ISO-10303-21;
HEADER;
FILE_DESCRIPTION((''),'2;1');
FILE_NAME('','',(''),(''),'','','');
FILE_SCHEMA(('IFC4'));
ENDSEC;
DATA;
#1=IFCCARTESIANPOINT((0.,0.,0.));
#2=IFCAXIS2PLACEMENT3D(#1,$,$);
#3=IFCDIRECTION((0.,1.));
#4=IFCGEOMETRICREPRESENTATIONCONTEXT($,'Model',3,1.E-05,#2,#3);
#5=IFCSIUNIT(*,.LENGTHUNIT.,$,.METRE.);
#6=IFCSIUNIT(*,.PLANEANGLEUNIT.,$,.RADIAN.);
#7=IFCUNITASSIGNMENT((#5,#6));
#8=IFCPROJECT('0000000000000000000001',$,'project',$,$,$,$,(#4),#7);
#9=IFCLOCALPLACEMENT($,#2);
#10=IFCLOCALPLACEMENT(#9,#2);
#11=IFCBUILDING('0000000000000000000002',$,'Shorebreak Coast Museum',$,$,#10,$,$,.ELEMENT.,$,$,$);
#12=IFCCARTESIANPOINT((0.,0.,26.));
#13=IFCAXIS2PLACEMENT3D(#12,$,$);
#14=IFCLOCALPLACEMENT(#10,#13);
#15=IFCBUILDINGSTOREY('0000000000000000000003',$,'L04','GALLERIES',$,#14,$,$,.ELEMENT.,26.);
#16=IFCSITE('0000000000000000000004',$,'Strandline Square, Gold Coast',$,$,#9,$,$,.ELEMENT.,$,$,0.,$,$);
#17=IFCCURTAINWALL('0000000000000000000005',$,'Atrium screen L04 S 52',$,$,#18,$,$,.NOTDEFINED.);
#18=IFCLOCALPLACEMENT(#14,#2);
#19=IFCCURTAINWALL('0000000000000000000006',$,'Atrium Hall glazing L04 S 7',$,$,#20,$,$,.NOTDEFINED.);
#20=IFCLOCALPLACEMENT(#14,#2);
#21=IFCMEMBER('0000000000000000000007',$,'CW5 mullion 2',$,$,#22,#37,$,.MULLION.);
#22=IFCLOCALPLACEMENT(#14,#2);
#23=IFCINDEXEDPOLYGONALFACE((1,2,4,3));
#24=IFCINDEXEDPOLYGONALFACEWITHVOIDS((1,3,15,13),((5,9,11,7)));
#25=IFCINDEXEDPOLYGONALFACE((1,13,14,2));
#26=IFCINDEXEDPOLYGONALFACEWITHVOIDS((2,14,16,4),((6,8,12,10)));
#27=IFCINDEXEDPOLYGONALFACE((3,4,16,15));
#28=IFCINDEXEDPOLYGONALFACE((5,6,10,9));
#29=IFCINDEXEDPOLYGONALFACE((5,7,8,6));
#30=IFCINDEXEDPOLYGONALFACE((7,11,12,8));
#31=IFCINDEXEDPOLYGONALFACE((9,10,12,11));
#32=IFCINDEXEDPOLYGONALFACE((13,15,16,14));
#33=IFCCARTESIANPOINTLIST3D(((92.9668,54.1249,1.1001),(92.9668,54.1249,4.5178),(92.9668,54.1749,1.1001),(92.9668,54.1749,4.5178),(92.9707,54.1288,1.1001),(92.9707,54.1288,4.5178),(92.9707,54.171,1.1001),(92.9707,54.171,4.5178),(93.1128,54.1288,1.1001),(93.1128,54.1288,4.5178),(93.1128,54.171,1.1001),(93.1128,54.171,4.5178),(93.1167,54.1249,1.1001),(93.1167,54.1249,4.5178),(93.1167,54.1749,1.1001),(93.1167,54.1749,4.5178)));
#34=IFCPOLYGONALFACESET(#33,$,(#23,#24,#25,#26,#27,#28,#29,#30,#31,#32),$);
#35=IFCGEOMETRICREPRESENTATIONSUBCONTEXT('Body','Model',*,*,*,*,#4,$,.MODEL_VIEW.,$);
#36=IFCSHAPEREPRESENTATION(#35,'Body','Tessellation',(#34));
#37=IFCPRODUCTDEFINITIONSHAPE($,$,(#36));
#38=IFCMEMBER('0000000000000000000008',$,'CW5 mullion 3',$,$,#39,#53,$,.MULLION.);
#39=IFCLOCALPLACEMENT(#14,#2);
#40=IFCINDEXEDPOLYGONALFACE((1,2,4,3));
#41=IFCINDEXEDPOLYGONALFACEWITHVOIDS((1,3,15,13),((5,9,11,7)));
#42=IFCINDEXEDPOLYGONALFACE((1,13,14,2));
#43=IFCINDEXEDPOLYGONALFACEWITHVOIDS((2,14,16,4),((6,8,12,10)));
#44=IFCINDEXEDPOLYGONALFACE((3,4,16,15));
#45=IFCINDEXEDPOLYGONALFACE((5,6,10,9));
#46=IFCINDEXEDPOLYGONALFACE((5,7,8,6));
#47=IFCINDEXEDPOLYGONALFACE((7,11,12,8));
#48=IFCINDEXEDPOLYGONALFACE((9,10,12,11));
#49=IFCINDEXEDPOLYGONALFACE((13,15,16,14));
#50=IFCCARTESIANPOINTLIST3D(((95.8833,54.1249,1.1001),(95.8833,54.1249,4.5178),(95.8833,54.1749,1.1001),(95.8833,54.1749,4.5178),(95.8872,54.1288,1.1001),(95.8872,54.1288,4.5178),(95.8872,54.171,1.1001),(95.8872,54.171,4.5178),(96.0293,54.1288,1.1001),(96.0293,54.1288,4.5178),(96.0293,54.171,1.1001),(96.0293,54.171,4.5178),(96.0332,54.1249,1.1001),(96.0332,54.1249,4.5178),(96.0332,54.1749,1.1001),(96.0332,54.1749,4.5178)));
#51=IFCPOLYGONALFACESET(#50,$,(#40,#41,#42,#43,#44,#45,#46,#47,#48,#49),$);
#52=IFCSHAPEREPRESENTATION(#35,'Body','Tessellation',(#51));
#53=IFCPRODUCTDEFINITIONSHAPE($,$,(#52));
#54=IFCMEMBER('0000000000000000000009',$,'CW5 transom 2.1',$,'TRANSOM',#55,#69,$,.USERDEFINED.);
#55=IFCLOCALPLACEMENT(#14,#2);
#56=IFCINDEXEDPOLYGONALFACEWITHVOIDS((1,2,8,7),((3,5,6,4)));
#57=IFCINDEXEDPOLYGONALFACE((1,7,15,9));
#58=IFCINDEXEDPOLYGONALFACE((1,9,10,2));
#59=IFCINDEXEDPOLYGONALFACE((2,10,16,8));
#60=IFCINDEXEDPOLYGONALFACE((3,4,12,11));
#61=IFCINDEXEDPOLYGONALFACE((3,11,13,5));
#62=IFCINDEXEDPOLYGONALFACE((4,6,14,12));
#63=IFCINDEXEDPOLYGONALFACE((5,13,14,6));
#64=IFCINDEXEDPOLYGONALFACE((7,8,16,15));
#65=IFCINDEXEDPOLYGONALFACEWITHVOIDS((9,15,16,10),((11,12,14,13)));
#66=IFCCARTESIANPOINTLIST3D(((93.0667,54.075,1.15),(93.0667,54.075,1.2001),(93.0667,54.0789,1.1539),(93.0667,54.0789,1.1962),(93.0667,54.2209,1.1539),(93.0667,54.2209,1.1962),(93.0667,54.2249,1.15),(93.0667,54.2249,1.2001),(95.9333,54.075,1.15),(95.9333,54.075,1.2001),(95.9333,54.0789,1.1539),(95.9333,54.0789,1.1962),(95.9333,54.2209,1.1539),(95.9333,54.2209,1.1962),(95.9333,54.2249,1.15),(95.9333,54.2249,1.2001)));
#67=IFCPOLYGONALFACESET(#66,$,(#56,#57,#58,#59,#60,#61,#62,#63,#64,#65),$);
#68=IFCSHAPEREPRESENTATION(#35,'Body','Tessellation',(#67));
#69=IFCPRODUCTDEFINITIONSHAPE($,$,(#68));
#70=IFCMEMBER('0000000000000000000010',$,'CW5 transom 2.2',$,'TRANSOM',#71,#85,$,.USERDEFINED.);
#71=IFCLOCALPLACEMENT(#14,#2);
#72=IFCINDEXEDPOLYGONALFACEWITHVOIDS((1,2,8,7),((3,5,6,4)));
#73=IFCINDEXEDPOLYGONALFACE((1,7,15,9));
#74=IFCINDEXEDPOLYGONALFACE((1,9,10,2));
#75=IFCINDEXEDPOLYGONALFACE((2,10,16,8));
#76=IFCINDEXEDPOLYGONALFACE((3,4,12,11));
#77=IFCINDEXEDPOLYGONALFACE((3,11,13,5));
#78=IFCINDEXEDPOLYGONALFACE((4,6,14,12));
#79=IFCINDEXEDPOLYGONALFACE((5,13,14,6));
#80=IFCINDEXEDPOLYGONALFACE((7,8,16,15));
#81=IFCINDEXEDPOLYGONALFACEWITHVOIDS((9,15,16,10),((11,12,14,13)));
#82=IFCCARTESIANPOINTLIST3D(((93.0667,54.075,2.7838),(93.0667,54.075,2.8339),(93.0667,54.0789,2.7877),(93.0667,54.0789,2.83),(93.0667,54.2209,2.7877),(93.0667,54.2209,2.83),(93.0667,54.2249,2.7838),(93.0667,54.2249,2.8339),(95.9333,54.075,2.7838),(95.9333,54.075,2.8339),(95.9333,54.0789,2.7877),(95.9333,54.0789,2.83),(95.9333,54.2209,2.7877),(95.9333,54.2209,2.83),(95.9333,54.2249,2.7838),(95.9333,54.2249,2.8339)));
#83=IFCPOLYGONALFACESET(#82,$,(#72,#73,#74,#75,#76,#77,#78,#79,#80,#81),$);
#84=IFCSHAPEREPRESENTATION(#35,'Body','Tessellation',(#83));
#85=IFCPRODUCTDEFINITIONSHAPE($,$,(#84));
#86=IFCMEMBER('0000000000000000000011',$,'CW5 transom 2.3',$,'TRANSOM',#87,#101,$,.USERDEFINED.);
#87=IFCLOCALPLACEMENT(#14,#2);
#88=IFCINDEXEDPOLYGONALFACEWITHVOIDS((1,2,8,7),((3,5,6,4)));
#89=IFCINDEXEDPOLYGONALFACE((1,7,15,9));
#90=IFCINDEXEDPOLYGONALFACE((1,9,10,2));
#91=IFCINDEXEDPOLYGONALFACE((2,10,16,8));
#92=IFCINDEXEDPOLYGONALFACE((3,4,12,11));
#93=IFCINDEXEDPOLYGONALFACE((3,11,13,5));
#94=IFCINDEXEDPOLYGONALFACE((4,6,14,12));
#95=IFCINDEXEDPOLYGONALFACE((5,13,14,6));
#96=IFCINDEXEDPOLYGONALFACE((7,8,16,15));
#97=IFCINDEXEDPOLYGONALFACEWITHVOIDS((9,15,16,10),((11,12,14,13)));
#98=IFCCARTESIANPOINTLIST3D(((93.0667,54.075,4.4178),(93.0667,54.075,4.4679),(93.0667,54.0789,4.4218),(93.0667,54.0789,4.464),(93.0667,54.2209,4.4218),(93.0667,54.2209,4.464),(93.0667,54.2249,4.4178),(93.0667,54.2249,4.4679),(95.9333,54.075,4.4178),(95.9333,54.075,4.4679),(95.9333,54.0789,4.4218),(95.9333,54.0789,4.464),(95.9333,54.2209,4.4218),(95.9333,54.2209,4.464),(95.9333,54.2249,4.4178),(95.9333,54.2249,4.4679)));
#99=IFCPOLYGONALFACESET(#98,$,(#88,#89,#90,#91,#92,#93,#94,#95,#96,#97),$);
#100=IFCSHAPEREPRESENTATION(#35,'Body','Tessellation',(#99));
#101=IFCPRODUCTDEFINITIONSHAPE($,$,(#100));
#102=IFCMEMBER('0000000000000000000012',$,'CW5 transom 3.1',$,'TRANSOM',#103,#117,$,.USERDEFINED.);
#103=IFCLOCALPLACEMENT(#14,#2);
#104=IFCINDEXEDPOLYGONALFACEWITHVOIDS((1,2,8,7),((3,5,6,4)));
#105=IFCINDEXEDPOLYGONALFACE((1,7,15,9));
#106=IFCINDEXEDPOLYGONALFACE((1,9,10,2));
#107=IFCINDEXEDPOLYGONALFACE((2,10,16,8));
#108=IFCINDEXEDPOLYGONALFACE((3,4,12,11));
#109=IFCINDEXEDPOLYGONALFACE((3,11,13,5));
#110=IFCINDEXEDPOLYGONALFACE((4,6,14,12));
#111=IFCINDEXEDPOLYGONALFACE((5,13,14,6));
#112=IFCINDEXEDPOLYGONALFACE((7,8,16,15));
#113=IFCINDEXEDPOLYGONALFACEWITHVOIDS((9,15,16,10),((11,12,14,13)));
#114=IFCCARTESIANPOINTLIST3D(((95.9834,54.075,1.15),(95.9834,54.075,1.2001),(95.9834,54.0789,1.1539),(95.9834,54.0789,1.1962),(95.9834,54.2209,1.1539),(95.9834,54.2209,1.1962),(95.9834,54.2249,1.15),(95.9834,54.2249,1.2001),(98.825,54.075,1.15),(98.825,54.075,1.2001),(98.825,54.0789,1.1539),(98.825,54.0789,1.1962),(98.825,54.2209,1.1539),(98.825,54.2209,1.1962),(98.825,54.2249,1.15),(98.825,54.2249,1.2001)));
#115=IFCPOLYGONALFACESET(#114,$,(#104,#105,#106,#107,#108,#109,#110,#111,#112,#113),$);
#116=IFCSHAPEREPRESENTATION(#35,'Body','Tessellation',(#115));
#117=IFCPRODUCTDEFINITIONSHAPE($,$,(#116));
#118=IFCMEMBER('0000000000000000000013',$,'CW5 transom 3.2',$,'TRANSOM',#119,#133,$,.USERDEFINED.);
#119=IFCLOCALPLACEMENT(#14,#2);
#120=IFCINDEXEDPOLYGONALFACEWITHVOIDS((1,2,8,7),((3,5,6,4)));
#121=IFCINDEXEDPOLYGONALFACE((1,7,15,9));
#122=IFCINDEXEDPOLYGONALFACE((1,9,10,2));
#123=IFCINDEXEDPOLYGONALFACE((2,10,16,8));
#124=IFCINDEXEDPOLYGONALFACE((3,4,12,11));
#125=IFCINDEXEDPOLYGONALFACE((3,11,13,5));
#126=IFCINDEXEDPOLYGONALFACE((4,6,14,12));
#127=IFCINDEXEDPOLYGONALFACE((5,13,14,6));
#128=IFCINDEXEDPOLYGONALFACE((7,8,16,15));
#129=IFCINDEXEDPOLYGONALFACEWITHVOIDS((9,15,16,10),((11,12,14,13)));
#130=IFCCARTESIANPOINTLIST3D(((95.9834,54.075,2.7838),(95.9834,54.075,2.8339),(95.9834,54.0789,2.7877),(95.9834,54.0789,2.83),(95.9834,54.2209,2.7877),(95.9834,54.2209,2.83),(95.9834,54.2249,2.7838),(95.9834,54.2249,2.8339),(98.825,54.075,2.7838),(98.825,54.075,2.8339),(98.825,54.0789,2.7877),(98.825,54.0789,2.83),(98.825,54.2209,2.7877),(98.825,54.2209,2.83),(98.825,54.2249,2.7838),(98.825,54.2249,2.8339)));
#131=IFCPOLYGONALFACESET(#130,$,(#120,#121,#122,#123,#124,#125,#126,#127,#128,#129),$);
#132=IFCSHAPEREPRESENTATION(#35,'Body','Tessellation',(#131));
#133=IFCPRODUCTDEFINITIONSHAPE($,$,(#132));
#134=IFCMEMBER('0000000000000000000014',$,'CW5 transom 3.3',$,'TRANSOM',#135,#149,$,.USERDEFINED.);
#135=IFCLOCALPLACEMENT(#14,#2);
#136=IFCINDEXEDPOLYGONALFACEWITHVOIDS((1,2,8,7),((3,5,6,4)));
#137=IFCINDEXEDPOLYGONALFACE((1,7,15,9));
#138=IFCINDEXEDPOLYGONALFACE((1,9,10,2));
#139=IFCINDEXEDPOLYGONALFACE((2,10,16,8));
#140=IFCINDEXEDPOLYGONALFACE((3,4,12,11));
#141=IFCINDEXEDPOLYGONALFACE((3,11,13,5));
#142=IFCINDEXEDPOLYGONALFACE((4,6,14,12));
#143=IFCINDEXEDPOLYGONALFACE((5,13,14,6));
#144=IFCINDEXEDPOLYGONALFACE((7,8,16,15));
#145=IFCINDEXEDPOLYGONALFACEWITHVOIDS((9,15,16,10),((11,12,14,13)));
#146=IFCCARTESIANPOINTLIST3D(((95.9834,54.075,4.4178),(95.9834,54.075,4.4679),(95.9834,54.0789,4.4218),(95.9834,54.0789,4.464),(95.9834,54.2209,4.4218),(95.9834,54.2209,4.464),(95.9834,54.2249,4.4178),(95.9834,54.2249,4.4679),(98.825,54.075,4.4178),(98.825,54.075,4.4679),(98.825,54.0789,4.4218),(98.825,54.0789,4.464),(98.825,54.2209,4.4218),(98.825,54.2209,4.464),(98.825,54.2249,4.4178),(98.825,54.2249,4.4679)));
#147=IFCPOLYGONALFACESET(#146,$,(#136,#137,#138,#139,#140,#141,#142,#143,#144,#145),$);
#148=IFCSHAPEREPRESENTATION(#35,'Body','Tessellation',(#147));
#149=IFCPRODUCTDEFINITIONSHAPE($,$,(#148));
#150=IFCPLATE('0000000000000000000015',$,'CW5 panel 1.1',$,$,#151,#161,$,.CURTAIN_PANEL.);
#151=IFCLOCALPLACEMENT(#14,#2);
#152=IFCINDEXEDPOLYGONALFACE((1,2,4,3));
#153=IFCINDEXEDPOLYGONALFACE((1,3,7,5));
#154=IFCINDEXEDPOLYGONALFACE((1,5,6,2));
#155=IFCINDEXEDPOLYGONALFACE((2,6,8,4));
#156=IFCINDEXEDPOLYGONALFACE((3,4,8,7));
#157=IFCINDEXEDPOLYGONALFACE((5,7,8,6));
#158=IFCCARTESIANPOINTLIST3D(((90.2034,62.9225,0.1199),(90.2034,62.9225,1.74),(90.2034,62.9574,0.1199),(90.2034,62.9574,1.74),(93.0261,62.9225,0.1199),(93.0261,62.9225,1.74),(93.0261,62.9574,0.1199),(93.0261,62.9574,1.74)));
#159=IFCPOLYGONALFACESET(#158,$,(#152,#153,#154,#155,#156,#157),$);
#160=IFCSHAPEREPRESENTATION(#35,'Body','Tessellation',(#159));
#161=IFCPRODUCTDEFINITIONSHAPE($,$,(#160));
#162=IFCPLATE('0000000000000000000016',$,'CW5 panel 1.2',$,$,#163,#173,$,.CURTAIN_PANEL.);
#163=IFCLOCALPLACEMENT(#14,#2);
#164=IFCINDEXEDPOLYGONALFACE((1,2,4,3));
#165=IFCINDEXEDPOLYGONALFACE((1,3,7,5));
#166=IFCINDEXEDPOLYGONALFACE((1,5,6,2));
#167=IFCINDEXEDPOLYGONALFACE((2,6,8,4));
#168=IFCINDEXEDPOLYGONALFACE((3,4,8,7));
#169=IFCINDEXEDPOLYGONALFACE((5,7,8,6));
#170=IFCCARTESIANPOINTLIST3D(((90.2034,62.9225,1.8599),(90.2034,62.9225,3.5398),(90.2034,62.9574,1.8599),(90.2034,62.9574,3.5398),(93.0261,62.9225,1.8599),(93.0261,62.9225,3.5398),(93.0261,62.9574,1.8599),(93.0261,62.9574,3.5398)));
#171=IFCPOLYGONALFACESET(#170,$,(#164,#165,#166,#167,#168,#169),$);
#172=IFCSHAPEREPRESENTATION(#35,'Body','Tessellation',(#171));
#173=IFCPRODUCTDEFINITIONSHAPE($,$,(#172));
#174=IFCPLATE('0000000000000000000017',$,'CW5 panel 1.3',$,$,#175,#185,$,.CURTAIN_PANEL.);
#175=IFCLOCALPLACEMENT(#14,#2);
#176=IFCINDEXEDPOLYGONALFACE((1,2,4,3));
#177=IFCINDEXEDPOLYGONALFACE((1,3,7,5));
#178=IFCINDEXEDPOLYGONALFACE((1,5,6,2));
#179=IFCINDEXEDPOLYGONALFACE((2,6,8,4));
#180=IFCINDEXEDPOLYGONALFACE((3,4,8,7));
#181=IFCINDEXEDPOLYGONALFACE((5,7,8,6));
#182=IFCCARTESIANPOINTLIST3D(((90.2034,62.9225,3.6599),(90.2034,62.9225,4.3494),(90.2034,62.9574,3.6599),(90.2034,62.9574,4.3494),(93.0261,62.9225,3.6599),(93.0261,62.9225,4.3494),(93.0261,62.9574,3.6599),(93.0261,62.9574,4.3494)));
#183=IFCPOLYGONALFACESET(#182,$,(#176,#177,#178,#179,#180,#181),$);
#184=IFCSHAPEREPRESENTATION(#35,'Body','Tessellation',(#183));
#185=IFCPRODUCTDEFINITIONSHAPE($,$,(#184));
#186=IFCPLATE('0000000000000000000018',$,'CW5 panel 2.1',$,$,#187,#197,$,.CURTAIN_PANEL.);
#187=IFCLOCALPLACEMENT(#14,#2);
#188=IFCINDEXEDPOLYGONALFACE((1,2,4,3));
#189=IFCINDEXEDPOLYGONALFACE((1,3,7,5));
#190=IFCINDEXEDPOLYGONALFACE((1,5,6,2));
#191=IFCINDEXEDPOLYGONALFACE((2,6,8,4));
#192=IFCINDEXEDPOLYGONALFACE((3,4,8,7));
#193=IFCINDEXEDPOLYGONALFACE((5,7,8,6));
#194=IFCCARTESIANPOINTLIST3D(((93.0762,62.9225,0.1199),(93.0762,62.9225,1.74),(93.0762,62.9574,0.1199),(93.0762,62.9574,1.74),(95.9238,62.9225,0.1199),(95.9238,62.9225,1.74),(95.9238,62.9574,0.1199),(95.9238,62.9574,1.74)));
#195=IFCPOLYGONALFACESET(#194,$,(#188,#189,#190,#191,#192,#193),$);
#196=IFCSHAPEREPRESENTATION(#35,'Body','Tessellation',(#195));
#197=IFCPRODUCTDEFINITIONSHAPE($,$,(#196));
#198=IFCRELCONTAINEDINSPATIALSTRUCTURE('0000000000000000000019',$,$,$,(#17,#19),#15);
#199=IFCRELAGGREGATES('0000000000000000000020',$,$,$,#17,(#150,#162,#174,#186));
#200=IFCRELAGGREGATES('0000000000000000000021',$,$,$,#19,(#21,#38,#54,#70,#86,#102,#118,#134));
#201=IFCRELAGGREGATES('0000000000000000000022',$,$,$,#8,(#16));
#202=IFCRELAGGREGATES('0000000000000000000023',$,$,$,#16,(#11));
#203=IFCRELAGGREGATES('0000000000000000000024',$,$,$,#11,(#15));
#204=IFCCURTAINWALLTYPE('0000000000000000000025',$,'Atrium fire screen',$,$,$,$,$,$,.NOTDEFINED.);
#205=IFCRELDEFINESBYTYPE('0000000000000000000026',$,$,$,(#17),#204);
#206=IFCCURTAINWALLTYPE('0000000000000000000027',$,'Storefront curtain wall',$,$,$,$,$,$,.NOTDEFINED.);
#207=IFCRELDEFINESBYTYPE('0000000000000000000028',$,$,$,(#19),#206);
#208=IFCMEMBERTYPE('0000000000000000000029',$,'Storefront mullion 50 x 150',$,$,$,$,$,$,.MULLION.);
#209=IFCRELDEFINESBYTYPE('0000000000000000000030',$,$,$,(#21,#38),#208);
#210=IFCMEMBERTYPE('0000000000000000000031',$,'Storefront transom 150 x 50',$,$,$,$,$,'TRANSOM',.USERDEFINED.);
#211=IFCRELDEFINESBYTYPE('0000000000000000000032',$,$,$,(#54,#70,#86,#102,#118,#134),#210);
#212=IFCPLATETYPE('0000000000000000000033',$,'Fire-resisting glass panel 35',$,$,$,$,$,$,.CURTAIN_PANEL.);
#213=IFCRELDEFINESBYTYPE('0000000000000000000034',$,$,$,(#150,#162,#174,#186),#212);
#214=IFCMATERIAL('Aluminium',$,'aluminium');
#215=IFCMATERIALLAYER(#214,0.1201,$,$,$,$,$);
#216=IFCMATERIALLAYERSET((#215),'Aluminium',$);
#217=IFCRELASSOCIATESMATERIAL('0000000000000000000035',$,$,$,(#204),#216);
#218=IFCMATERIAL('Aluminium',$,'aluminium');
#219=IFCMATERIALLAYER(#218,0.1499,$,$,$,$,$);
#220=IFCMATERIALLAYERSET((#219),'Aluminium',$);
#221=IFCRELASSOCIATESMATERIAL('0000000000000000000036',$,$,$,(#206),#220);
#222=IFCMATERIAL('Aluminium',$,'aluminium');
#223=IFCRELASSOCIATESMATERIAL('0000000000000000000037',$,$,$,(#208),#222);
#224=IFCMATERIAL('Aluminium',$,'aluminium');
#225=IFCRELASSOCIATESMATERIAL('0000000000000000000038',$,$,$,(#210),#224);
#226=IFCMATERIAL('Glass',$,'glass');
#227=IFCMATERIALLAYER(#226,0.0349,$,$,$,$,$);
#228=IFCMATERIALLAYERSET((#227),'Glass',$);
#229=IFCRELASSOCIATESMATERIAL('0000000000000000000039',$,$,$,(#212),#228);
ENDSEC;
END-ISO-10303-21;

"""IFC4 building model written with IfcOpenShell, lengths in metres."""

from ifc_helpers import new_model, si_unit, direction, frame, origin, origin_2d, place, context, subcontext, project, spatial, rectangle, hollow_rectangle, extrude, material, layer, layer_set, material_profile, profile_set, type_object, element, aggregate, save


model = new_model("IFC4")

# Units and contexts
model_context = context("Model", 3, precision=1e-05, world=origin(), true_north=direction((0.0, 1.0)))
body_context = subcontext(model_context, "Body", "Model", "MODEL_VIEW")
ifc_project = project(units=[si_unit("LENGTHUNIT", "METRE"), si_unit("PLANEANGLEUNIT", "RADIAN")], contexts=[model_context])

# Site, building, storey
site_placement = place(None, origin())
site = spatial("IfcSite", under=ifc_project, at=site_placement, Name="Strandline Square, Gold Coast", CompositionType="ELEMENT", RefElevation=0.0)
building_placement = place(site_placement, origin())
building = spatial("IfcBuilding", under=site, at=building_placement, Name="Shorebreak Coast Museum", CompositionType="ELEMENT")
storey_placement = place(building_placement, frame((0.0, 0.0, 26.0)))
storey = spatial("IfcBuildingStorey", under=building, at=storey_placement, Name="L04", Description="GALLERIES", CompositionType="ELEMENT", Elevation=26.0)

# Curtain walls, members
ifc_material_1 = material(Name="Aluminium", Category="aluminium")
ifc_layer_1 = layer(ifc_material_1, 0.1201)
ifc_layer_set_1 = layer_set([ifc_layer_1], Name="Aluminium")
curtain_wall_type_1 = type_object("IfcCurtainWallType", Name="Atrium fire screen", PredefinedType="NOTDEFINED", material=ifc_layer_set_1)
curtain_wall_1_placement = place(storey_placement, origin())
curtain_wall_1 = element("IfcCurtainWall", 1, at=curtain_wall_1_placement, inside=storey, type_object=curtain_wall_type_1, Name="Atrium screen L04 S 52", PredefinedType="NOTDEFINED")
ifc_material_2 = material(Name="Aluminium", Category="aluminium")
ifc_layer_2 = layer(ifc_material_2, 0.1499)
ifc_layer_set_2 = layer_set([ifc_layer_2], Name="Aluminium")
curtain_wall_type_2 = type_object("IfcCurtainWallType", Name="Storefront curtain wall", PredefinedType="NOTDEFINED", material=ifc_layer_set_2)
curtain_wall_2_placement = place(storey_placement, origin())
curtain_wall_2 = element("IfcCurtainWall", 2, at=curtain_wall_2_placement, inside=storey, type_object=curtain_wall_type_2, Name="Atrium Hall glazing L04 S 7", PredefinedType="NOTDEFINED")
ifc_material_3 = material(Name="Aluminium", Category="aluminium")
ifc_material_profile_1 = material_profile(ifc_material_3, hollow_rectangle(XDim=0.05, YDim=0.1499, WallThickness=0.0039, at=origin_2d()), Name="AL 150x50 RHS")
ifc_profile_set_1 = profile_set([ifc_material_profile_1], Name="Aluminium")
member_type_1 = type_object("IfcMemberType", Name="Storefront mullion 50 x 150", PredefinedType="MULLION", material=ifc_profile_set_1)
member_1_placement = place(storey_placement, frame((93.0417, 54.1499, 1.1001), z_axis=(0.0, 0.0, 1.0), x_axis=(0.0, 1.0, 0.0)))
member_1 = element("IfcMember", 3, at=member_1_placement, type_object=member_type_1, Name="CW5 mullion 2", PredefinedType="MULLION", context=body_context, shape_type="SweptSolid", body=[
    extrude(hollow_rectangle(XDim=0.05, YDim=0.1499, WallThickness=0.0039, at=origin_2d()), origin(), (0.0, 0.0, 1.0), 3.4177),
])
member_2_placement = place(storey_placement, frame((95.9583, 54.1499, 1.1001), z_axis=(0.0, 0.0, 1.0), x_axis=(0.0, 1.0, 0.0)))
member_2 = element("IfcMember", 4, at=member_2_placement, type_object=member_type_1, Name="CW5 mullion 3", PredefinedType="MULLION", context=body_context, shape_type="SweptSolid", body=[
    extrude(hollow_rectangle(XDim=0.05, YDim=0.1499, WallThickness=0.0039, at=origin_2d()), origin(), (0.0, 0.0, 1.0), 3.4177),
])
ifc_material_4 = material(Name="Aluminium", Category="aluminium")
ifc_material_profile_2 = material_profile(ifc_material_4, hollow_rectangle(XDim=0.1499, YDim=0.05, WallThickness=0.0039, at=origin_2d()), Name="AL 50x150 RHS")
ifc_profile_set_2 = profile_set([ifc_material_profile_2], Name="Aluminium")
member_type_2 = type_object("IfcMemberType", Name="Storefront transom 150 x 50", ElementType="TRANSOM", PredefinedType="USERDEFINED", material=ifc_profile_set_2)
member_3_placement = place(storey_placement, frame((93.0667, 54.1499, 1.175), z_axis=(1.0, 0.0, 0.0), x_axis=(0.0, 1.0, 0.0)))
member_3 = element("IfcMember", 5, at=member_3_placement, type_object=member_type_2, Name="CW5 transom 2.1", ObjectType="TRANSOM", PredefinedType="USERDEFINED", context=body_context, shape_type="SweptSolid", body=[
    extrude(hollow_rectangle(XDim=0.1499, YDim=0.05, WallThickness=0.0039, at=origin_2d()), origin(), (0.0, 0.0, 1.0), 2.8667),
])
member_4_placement = place(storey_placement, frame((93.0667, 54.1499, 2.8088), z_axis=(1.0, 0.0, 0.0), x_axis=(0.0, 1.0, 0.0)))
member_4 = element("IfcMember", 6, at=member_4_placement, type_object=member_type_2, Name="CW5 transom 2.2", ObjectType="TRANSOM", PredefinedType="USERDEFINED", context=body_context, shape_type="SweptSolid", body=[
    extrude(hollow_rectangle(XDim=0.1499, YDim=0.05, WallThickness=0.0039, at=origin_2d()), origin(), (0.0, 0.0, 1.0), 2.8667),
])
member_5_placement = place(storey_placement, frame((93.0667, 54.1499, 4.4429), z_axis=(1.0, 0.0, 0.0), x_axis=(0.0, 1.0, 0.0)))
member_5 = element("IfcMember", 7, at=member_5_placement, type_object=member_type_2, Name="CW5 transom 2.3", ObjectType="TRANSOM", PredefinedType="USERDEFINED", context=body_context, shape_type="SweptSolid", body=[
    extrude(hollow_rectangle(XDim=0.1499, YDim=0.05, WallThickness=0.0039, at=origin_2d()), origin(), (0.0, 0.0, 1.0), 2.8667),
])
member_6_placement = place(storey_placement, frame((95.9834, 54.1499, 1.175), z_axis=(1.0, 0.0, 0.0), x_axis=(0.0, 1.0, 0.0)))
member_6 = element("IfcMember", 8, at=member_6_placement, type_object=member_type_2, Name="CW5 transom 3.1", ObjectType="TRANSOM", PredefinedType="USERDEFINED", context=body_context, shape_type="SweptSolid", body=[
    extrude(hollow_rectangle(XDim=0.1499, YDim=0.05, WallThickness=0.0039, at=origin_2d()), origin(), (0.0, 0.0, 1.0), 2.8416),
])
member_7_placement = place(storey_placement, frame((95.9834, 54.1499, 2.8088), z_axis=(1.0, 0.0, 0.0), x_axis=(0.0, 1.0, 0.0)))
member_7 = element("IfcMember", 9, at=member_7_placement, type_object=member_type_2, Name="CW5 transom 3.2", ObjectType="TRANSOM", PredefinedType="USERDEFINED", context=body_context, shape_type="SweptSolid", body=[
    extrude(hollow_rectangle(XDim=0.1499, YDim=0.05, WallThickness=0.0039, at=origin_2d()), origin(), (0.0, 0.0, 1.0), 2.8416),
])
member_8_placement = place(storey_placement, frame((95.9834, 54.1499, 4.4429), z_axis=(1.0, 0.0, 0.0), x_axis=(0.0, 1.0, 0.0)))
member_8 = element("IfcMember", 10, at=member_8_placement, type_object=member_type_2, Name="CW5 transom 3.3", ObjectType="TRANSOM", PredefinedType="USERDEFINED", context=body_context, shape_type="SweptSolid", body=[
    extrude(hollow_rectangle(XDim=0.1499, YDim=0.05, WallThickness=0.0039, at=origin_2d()), origin(), (0.0, 0.0, 1.0), 2.8416),
])

# Plates
ifc_material_5 = material(Name="Glass", Category="glass")
ifc_layer_3 = layer(ifc_material_5, 0.0349)
ifc_layer_set_3 = layer_set([ifc_layer_3], Name="Glass")
plate_type_1 = type_object("IfcPlateType", Name="Fire-resisting glass panel 35", PredefinedType="CURTAIN_PANEL", material=ifc_layer_set_3)
plate_1_placement = place(storey_placement, frame((91.6147, 62.9399, 0.1199), z_axis=(0.0, 0.0, 1.0), x_axis=(1.0, 0.0, 0.0)))
plate_1 = element("IfcPlate", 11, at=plate_1_placement, type_object=plate_type_1, Name="CW5 panel 1.1", PredefinedType="CURTAIN_PANEL", context=body_context, shape_type="SweptSolid", body=[
    extrude(rectangle(XDim=2.8228, YDim=0.0349, at=origin_2d()), origin(), (0.0, 0.0, 1.0), 1.6201),
])
plate_2_placement = place(storey_placement, frame((91.6147, 62.9399, 1.8599), z_axis=(0.0, 0.0, 1.0), x_axis=(1.0, 0.0, 0.0)))
plate_2 = element("IfcPlate", 12, at=plate_2_placement, type_object=plate_type_1, Name="CW5 panel 1.2", PredefinedType="CURTAIN_PANEL", context=body_context, shape_type="SweptSolid", body=[
    extrude(rectangle(XDim=2.8228, YDim=0.0349, at=origin_2d()), origin(), (0.0, 0.0, 1.0), 1.6799),
])
plate_3_placement = place(storey_placement, frame((91.6147, 62.9399, 3.6599), z_axis=(0.0, 0.0, 1.0), x_axis=(1.0, 0.0, 0.0)))
plate_3 = element("IfcPlate", 13, at=plate_3_placement, type_object=plate_type_1, Name="CW5 panel 1.3", PredefinedType="CURTAIN_PANEL", context=body_context, shape_type="SweptSolid", body=[
    extrude(rectangle(XDim=2.8228, YDim=0.0349, at=origin_2d()), origin(), (0.0, 0.0, 1.0), 0.6895),
])
plate_4_placement = place(storey_placement, frame((94.5, 62.9399, 0.1199), z_axis=(0.0, 0.0, 1.0), x_axis=(1.0, 0.0, 0.0)))
plate_4 = element("IfcPlate", 14, at=plate_4_placement, type_object=plate_type_1, Name="CW5 panel 2.1", PredefinedType="CURTAIN_PANEL", context=body_context, shape_type="SweptSolid", body=[
    extrude(rectangle(XDim=2.8477, YDim=0.0349, at=origin_2d()), origin(), (0.0, 0.0, 1.0), 1.6201),
])
aggregate(curtain_wall_1, [plate_1, plate_2, plate_3, plate_4])
aggregate(curtain_wall_2, [member_1, member_2, member_3, member_4, member_5, member_6, member_7, member_8])

save(model, "model.ifc")
